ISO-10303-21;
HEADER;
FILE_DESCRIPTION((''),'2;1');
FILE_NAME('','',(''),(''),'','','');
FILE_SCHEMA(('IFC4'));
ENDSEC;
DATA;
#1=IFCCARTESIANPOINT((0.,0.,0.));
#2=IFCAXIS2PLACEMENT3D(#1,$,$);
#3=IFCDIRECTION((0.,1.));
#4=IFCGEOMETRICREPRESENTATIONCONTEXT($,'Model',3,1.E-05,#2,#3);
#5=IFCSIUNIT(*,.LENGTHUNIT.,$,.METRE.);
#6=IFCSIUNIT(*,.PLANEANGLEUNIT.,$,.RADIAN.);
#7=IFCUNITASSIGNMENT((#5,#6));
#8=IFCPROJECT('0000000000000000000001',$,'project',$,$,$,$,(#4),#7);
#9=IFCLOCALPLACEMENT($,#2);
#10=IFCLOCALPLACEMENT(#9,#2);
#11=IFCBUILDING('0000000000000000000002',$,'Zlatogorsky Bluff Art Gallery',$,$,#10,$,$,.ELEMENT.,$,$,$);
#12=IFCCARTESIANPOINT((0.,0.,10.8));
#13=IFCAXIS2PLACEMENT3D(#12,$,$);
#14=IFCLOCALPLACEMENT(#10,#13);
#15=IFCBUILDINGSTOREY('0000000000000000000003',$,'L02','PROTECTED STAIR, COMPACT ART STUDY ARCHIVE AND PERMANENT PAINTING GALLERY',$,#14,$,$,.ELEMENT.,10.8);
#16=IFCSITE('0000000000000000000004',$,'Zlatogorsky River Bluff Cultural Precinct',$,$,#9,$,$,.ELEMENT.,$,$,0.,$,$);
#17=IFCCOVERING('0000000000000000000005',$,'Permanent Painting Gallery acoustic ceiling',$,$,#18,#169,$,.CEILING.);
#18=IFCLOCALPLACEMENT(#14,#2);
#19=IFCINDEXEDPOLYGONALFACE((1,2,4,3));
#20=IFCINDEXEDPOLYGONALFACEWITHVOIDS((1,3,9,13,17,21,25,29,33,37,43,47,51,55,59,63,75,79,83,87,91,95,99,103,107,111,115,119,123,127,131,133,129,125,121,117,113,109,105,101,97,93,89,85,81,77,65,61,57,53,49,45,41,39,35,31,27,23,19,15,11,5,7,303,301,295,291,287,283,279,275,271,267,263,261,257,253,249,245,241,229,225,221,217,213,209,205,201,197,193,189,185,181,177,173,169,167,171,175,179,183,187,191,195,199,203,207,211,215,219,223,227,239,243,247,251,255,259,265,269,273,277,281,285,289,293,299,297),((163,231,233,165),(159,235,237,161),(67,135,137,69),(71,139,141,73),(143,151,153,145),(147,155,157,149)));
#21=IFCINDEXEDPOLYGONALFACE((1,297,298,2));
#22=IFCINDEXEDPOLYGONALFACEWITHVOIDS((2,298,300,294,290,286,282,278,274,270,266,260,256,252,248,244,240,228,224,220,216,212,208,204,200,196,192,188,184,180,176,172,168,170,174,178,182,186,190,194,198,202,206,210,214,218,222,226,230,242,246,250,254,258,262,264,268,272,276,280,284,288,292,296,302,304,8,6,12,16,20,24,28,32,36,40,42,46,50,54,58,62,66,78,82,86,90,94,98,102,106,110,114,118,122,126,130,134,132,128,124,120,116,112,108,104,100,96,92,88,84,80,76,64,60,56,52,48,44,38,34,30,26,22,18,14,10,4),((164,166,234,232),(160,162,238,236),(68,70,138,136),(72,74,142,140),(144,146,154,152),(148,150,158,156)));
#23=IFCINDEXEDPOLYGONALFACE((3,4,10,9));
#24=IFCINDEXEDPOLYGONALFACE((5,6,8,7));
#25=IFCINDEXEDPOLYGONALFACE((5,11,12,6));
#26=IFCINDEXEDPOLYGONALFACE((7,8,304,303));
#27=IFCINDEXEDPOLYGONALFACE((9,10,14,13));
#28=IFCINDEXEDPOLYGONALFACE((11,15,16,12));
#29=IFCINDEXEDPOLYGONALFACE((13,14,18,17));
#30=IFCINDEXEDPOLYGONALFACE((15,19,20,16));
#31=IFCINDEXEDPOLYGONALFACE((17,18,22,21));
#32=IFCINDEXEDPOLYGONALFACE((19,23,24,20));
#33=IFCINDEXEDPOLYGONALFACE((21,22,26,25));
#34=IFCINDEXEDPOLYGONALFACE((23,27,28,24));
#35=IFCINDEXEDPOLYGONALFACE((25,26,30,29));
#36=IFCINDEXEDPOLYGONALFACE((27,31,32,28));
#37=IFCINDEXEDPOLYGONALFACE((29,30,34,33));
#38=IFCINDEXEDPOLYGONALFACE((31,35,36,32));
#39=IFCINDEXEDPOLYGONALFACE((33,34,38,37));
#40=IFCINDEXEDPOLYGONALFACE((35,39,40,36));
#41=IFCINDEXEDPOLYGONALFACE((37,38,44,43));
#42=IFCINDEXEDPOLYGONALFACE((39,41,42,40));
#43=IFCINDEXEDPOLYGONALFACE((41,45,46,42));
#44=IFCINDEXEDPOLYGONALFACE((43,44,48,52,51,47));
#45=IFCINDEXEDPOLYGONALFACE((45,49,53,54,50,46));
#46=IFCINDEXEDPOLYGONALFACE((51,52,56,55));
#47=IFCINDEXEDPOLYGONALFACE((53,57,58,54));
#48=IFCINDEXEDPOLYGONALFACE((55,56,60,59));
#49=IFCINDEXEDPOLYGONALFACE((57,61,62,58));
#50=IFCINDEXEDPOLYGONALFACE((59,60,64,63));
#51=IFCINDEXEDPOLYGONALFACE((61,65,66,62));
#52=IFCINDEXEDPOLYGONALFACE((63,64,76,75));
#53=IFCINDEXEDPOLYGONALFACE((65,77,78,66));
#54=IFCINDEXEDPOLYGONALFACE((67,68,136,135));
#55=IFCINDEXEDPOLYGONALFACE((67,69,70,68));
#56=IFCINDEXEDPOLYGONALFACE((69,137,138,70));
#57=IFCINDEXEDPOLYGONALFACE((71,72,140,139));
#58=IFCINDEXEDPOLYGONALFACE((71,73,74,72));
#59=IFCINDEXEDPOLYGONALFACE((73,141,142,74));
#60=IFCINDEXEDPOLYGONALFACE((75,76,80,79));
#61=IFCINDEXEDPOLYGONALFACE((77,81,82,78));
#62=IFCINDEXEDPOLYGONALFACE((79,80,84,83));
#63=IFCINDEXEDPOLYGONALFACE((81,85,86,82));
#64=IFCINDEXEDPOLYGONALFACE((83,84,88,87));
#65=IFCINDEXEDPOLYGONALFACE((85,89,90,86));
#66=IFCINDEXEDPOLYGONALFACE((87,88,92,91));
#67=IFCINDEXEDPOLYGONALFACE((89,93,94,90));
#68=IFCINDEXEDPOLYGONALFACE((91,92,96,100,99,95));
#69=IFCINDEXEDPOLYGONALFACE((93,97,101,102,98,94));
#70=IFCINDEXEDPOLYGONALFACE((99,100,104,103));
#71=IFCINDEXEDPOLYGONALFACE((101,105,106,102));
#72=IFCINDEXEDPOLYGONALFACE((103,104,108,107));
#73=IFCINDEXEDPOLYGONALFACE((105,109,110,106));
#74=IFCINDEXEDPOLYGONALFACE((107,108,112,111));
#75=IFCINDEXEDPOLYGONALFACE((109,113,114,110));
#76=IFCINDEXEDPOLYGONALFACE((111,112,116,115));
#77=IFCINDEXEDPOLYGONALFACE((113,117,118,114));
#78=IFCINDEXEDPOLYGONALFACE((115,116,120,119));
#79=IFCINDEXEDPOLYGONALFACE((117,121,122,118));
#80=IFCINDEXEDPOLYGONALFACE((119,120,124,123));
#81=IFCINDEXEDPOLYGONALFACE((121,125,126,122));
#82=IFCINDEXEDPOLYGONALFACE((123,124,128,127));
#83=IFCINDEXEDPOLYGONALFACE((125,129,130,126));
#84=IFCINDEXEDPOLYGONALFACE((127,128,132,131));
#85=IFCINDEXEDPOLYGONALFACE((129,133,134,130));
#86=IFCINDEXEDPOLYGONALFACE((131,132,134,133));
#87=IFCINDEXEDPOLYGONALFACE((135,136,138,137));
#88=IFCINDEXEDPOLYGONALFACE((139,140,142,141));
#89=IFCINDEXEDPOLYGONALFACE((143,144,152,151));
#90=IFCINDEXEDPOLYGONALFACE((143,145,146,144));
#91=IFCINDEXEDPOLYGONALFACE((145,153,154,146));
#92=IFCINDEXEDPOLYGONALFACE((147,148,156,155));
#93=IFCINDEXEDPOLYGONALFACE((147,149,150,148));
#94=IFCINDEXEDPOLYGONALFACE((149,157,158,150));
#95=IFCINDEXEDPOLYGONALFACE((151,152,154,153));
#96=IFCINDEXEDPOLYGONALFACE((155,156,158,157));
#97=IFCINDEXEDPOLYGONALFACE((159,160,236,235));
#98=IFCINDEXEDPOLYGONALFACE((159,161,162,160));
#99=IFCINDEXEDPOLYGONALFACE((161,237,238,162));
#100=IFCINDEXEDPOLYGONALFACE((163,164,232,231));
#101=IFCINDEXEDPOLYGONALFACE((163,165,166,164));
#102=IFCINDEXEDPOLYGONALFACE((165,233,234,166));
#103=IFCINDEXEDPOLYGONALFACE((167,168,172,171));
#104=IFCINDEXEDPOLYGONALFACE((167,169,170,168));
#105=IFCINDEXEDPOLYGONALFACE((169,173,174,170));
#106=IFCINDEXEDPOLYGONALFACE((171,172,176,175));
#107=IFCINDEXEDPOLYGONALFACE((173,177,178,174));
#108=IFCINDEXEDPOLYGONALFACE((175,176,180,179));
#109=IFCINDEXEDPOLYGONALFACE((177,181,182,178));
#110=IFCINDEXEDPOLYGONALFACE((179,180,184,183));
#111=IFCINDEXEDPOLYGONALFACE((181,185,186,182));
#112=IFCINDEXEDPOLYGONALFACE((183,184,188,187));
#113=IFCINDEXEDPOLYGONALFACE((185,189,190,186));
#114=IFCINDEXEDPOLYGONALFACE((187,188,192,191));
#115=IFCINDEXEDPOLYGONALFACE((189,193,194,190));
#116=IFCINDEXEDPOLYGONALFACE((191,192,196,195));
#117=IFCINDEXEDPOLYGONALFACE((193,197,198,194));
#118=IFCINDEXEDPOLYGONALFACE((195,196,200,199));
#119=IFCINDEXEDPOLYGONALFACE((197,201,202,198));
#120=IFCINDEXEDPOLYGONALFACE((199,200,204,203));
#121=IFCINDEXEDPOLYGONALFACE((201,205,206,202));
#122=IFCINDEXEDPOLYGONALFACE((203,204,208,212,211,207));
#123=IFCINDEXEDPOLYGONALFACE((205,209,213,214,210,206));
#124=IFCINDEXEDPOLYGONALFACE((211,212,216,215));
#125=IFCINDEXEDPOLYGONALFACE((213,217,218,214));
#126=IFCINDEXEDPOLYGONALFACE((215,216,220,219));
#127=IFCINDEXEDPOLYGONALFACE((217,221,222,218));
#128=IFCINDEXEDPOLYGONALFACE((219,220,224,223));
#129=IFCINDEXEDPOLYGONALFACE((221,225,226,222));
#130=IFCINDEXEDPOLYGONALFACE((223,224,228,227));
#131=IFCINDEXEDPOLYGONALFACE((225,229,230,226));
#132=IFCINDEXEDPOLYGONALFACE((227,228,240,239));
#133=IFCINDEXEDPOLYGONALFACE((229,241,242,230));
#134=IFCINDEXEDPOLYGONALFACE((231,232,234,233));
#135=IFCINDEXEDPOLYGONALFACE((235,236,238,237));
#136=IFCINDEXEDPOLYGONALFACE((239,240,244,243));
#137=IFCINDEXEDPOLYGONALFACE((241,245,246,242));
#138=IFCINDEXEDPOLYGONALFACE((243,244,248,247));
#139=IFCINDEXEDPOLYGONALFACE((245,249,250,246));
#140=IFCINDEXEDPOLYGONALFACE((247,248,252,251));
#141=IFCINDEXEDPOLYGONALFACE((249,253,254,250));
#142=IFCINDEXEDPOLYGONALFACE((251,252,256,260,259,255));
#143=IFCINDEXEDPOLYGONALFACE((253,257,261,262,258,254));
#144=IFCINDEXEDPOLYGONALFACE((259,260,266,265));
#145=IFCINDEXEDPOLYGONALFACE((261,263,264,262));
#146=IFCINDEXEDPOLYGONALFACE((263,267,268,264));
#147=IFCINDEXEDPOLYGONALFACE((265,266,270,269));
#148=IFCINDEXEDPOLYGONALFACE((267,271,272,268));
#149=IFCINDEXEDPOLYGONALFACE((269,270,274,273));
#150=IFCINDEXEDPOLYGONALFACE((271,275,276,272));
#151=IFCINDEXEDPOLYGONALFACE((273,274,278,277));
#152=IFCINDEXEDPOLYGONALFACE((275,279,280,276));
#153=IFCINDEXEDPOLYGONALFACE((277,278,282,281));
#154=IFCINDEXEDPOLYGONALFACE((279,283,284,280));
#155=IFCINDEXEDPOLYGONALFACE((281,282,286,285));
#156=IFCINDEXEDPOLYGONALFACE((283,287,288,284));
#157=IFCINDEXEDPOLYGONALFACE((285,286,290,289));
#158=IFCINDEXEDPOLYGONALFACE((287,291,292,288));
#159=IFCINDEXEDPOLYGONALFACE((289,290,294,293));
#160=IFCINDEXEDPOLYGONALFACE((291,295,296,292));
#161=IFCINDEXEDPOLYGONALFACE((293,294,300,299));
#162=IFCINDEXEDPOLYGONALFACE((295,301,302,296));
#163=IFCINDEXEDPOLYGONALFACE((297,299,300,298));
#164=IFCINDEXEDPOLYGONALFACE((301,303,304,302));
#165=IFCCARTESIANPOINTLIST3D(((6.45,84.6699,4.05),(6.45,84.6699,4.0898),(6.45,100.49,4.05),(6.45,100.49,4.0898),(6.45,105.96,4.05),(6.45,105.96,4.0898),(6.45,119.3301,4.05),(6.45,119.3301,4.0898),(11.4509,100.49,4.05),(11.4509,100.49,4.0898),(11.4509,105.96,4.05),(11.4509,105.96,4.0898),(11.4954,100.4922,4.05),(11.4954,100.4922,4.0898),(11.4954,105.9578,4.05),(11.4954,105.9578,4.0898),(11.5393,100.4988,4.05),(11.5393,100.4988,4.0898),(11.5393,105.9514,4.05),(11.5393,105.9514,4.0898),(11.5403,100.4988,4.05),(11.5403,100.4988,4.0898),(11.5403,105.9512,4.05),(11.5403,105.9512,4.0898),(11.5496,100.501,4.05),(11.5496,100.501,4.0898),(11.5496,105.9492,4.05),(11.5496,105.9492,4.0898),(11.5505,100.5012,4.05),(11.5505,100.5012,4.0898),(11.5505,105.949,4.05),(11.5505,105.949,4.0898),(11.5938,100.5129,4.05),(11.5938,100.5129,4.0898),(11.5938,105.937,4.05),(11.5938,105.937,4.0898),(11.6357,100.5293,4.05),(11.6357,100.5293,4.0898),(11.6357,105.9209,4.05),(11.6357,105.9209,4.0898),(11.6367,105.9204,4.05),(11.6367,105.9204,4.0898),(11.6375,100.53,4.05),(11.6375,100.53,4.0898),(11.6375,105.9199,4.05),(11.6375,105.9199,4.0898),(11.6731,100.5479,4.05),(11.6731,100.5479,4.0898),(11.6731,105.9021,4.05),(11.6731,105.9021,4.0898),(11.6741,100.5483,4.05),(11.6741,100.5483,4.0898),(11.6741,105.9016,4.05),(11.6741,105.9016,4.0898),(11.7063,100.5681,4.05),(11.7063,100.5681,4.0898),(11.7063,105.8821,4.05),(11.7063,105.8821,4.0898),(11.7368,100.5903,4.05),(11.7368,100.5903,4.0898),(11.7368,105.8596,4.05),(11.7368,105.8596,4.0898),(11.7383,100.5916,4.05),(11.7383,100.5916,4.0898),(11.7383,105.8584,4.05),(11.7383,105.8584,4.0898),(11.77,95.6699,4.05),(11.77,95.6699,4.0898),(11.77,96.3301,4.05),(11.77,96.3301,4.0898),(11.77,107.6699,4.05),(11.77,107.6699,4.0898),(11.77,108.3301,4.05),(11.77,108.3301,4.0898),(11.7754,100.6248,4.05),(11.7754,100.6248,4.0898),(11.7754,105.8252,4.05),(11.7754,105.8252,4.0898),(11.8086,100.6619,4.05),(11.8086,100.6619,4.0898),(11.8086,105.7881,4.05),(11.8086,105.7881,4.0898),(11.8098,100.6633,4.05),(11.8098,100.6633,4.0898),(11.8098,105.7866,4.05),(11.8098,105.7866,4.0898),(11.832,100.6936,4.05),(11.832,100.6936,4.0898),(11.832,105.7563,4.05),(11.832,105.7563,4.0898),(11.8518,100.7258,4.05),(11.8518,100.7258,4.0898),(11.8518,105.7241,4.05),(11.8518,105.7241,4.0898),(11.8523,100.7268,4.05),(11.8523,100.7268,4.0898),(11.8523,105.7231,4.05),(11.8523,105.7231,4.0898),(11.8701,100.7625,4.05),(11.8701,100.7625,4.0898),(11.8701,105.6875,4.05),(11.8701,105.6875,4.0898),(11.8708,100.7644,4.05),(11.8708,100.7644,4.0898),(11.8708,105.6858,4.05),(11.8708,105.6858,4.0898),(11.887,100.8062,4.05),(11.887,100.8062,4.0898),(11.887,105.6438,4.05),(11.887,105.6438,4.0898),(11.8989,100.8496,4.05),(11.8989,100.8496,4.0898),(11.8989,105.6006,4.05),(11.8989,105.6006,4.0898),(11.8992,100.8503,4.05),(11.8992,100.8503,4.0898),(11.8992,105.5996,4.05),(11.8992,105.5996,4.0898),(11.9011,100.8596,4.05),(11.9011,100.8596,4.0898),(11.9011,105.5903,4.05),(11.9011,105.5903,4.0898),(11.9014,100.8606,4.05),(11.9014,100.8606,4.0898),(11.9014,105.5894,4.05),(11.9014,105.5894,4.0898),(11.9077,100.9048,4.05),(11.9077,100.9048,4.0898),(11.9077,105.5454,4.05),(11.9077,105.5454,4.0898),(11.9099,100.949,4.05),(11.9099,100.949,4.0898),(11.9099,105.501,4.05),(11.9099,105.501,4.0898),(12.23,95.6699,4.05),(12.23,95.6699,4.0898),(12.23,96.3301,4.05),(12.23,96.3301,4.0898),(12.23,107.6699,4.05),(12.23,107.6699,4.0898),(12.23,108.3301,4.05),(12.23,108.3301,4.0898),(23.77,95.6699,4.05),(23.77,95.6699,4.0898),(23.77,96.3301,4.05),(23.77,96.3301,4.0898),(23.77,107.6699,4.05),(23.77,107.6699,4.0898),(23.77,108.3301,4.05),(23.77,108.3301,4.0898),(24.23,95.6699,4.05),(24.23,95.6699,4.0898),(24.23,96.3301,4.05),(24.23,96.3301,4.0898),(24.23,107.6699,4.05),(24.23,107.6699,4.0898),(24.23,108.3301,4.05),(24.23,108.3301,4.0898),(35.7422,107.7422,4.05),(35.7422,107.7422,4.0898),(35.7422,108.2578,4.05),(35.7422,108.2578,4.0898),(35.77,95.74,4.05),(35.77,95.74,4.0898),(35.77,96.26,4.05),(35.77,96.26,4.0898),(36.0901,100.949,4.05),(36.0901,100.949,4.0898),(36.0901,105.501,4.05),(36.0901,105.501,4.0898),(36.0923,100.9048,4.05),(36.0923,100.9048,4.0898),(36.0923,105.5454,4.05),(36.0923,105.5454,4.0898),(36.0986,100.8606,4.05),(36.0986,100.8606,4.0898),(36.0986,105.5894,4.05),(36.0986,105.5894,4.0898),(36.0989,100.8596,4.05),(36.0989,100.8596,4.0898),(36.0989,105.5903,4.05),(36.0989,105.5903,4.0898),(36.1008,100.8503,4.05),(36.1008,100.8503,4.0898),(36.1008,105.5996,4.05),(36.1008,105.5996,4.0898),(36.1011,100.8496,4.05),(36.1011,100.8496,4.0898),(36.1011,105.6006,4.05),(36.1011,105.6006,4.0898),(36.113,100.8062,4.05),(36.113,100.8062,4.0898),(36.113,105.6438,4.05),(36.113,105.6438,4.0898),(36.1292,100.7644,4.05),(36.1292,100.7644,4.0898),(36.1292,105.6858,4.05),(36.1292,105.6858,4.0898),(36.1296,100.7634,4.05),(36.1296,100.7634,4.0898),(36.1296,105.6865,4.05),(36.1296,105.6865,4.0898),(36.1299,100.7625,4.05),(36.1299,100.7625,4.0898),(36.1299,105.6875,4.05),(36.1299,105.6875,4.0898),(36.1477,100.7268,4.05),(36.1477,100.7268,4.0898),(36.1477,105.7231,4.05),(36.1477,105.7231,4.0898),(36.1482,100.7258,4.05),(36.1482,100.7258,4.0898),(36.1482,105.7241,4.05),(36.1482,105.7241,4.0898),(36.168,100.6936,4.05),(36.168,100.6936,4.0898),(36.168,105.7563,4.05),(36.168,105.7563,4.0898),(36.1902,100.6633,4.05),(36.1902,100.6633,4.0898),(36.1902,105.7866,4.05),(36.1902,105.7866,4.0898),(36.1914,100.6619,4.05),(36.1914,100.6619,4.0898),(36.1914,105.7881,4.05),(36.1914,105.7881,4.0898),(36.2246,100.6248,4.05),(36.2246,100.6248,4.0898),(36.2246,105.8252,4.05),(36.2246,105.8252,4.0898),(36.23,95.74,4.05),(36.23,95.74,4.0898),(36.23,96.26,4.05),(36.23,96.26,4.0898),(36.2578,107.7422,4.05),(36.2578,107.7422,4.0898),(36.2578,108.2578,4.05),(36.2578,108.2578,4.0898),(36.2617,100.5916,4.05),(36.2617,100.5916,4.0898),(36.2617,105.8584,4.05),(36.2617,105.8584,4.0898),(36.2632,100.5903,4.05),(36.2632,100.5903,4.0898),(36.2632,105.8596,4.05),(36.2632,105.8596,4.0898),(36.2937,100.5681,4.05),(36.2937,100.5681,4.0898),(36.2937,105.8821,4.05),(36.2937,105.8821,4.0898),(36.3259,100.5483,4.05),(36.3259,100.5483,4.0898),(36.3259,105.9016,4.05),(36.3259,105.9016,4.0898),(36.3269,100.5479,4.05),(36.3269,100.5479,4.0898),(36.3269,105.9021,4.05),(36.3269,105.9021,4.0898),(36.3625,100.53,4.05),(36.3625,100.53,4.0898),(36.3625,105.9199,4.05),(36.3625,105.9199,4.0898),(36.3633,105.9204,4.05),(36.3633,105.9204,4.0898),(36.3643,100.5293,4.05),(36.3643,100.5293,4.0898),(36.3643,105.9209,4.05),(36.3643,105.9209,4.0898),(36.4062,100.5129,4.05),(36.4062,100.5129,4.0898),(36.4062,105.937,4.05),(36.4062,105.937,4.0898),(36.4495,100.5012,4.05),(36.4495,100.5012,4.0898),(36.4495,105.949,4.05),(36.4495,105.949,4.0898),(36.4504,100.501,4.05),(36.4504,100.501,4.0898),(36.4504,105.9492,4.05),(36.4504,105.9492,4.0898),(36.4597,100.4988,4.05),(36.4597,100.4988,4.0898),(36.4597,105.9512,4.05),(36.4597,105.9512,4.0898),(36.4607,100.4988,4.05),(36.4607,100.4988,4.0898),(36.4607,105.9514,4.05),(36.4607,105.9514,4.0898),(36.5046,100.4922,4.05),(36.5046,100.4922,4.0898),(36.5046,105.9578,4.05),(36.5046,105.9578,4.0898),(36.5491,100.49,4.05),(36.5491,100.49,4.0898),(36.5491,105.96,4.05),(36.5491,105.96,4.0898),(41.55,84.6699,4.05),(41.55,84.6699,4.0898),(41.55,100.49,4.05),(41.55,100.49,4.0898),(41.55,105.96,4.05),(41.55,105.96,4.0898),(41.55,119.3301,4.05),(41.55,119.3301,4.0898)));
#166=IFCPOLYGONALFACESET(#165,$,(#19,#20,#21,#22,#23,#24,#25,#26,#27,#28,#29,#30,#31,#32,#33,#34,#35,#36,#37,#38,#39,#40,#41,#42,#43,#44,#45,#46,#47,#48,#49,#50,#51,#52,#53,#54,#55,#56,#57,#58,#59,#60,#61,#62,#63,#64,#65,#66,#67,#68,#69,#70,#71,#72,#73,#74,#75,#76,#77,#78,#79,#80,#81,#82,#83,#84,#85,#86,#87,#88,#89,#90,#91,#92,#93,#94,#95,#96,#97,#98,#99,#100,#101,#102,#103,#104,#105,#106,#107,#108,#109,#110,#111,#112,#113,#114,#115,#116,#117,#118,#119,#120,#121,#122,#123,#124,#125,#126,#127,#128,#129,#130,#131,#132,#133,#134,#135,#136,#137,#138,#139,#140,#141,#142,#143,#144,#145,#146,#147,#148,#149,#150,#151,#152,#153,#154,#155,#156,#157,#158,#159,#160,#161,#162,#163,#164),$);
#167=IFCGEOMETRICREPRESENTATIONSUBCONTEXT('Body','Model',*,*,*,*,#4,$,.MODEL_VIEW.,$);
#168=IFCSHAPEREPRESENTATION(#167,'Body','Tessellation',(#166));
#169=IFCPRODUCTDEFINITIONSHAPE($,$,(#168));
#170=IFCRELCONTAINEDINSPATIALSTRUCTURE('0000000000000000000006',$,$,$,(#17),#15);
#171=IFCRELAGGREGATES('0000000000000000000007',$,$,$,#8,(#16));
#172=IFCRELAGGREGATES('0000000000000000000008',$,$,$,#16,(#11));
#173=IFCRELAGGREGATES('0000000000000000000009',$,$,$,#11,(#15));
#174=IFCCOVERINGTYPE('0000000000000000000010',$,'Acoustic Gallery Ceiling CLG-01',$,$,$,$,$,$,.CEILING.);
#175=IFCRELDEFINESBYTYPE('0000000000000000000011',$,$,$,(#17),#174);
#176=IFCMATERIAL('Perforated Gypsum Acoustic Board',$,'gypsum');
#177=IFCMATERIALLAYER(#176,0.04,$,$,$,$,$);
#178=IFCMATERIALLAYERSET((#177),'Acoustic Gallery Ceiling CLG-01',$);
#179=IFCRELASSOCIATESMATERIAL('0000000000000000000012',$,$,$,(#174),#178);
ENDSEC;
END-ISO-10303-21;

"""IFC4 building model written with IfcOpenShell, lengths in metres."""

from ifc_helpers import new_model, si_unit, direction, frame, origin, place, context, subcontext, project, spatial, polyline, outline, extrude, material, layer, layer_set, type_object, element, save


model = new_model("IFC4")

# Units and contexts
model_context = context("Model", 3, precision=1e-05, world=origin(), true_north=direction((0.0, 1.0)))
body_context = subcontext(model_context, "Body", "Model", "MODEL_VIEW")
ifc_project = project(units=[si_unit("LENGTHUNIT", "METRE"), si_unit("PLANEANGLEUNIT", "RADIAN")], contexts=[model_context])

# Site, building, storey
site_placement = place(None, origin())
site = spatial("IfcSite", under=ifc_project, at=site_placement, Name="Zlatogorsky River Bluff Cultural Precinct", CompositionType="ELEMENT", RefElevation=0.0)
building_placement = place(site_placement, origin())
building = spatial("IfcBuilding", under=site, at=building_placement, Name="Zlatogorsky Bluff Art Gallery", CompositionType="ELEMENT")
storey_placement = place(building_placement, frame((0.0, 0.0, 10.8)))
storey = spatial("IfcBuildingStorey", under=building, at=storey_placement, Name="L02", Description="PROTECTED STAIR, COMPACT ART STUDY ARCHIVE AND PERMANENT PAINTING GALLERY", CompositionType="ELEMENT", Elevation=10.8)

# Covering
ifc_material_1 = material(Name="Perforated Gypsum Acoustic Board", Category="gypsum")
ifc_layer_1 = layer(ifc_material_1, 0.04)
ifc_layer_set_1 = layer_set([ifc_layer_1], Name="Acoustic Gallery Ceiling CLG-01")
covering_type_1 = type_object("IfcCoveringType", Name="Acoustic Gallery Ceiling CLG-01", PredefinedType="CEILING", material=ifc_layer_set_1)
covering_1_placement = place(storey_placement, frame((0.0, 0.0, 4.05)))
element("IfcCovering", 1, at=covering_1_placement, inside=storey, type_object=covering_type_1, Name="Permanent Painting Gallery acoustic ceiling", PredefinedType="CEILING", context=body_context, shape_type="SweptSolid", body=[
    extrude(outline(polyline([(6.45, 100.49), (11.4509, 100.49), (11.4954, 100.4922), (11.5393, 100.4988), (11.5403, 100.4988), (11.5496, 100.501), (11.5505, 100.5012), (11.5938, 100.5129), (11.6357, 100.5293), (11.6375, 100.53), (11.6731, 100.5479), (11.6741, 100.5483), (11.7063, 100.5681), (11.7368, 100.5903), (11.7383, 100.5916), (11.7754, 100.6248), (11.8086, 100.6619), (11.8098, 100.6633), (11.832, 100.6936), (11.8518, 100.7258), (11.8523, 100.7268), (11.8701, 100.7625), (11.8708, 100.7644), (11.887, 100.8062), (11.8989, 100.8496), (11.8992, 100.8503), (11.9011, 100.8596), (11.9014, 100.8606), (11.9077, 100.9048), (11.9099, 100.949), (11.9099, 105.501), (11.9077, 105.5454), (11.9014, 105.5894), (11.9011, 105.5903), (11.8992, 105.5996), (11.8989, 105.6006), (11.887, 105.6438), (11.8708, 105.6858), (11.8701, 105.6875), (11.8523, 105.7231), (11.8518, 105.7241), (11.832, 105.7563), (11.8098, 105.7866), (11.8086, 105.7881), (11.7754, 105.8252), (11.7383, 105.8584), (11.7368, 105.8596), (11.7063, 105.8821), (11.6741, 105.9016), (11.6731, 105.9021), (11.6375, 105.9199), (11.6367, 105.9204), (11.6357, 105.9209), (11.5938, 105.937), (11.5505, 105.949), (11.5496, 105.9492), (11.5403, 105.9512), (11.5393, 105.9514), (11.4954, 105.9578), (11.4509, 105.96), (6.45, 105.96), (6.45, 119.3301), (41.55, 119.3301), (41.55, 105.96), (36.5491, 105.96), (36.5046, 105.9578), (36.4607, 105.9514), (36.4597, 105.9512), (36.4504, 105.9492), (36.4495, 105.949), (36.4062, 105.937), (36.3643, 105.9209), (36.3633, 105.9204), (36.3625, 105.9199), (36.3269, 105.9021), (36.3259, 105.9016), (36.2937, 105.8821), (36.2632, 105.8596), (36.2617, 105.8584), (36.2246, 105.8252), (36.1914, 105.7881), (36.1902, 105.7866), (36.168, 105.7563), (36.1482, 105.7241), (36.1477, 105.7231), (36.1299, 105.6875), (36.1296, 105.6865), (36.1292, 105.6858), (36.113, 105.6438), (36.1011, 105.6006), (36.1008, 105.5996), (36.0989, 105.5903), (36.0986, 105.5894), (36.0923, 105.5454), (36.0901, 105.501), (36.0901, 100.949), (36.0923, 100.9048), (36.0986, 100.8606), (36.0989, 100.8596), (36.1008, 100.8503), (36.1011, 100.8496), (36.113, 100.8062), (36.1292, 100.7644), (36.1296, 100.7634), (36.1299, 100.7625), (36.1477, 100.7268), (36.1482, 100.7258), (36.168, 100.6936), (36.1902, 100.6633), (36.1914, 100.6619), (36.2246, 100.6248), (36.2617, 100.5916), (36.2632, 100.5903), (36.2937, 100.5681), (36.3259, 100.5483), (36.3269, 100.5479), (36.3625, 100.53), (36.3643, 100.5293), (36.4062, 100.5129), (36.4495, 100.5012), (36.4504, 100.501), (36.4597, 100.4988), (36.4607, 100.4988), (36.5046, 100.4922), (36.5491, 100.49), (41.55, 100.49), (41.55, 84.6699), (6.45, 84.6699), (6.45, 100.49)]), holes=[polyline([(36.23, 95.74), (36.23, 96.26), (35.77, 96.26), (35.77, 95.74), (36.23, 95.74)]), polyline([(23.77, 95.6699), (24.23, 95.6699), (24.23, 96.3301), (23.77, 96.3301), (23.77, 95.6699)]), polyline([(11.77, 95.6699), (12.23, 95.6699), (12.23, 96.3301), (11.77, 96.3301), (11.77, 95.6699)]), polyline([(23.77, 107.6699), (24.23, 107.6699), (24.23, 108.3301), (23.77, 108.3301), (23.77, 107.6699)]), polyline([(11.77, 107.6699), (12.23, 107.6699), (12.23, 108.3301), (11.77, 108.3301), (11.77, 107.6699)]), polyline([(35.7422, 107.7422), (36.2578, 107.7422), (36.2578, 108.2578), (35.7422, 108.2578), (35.7422, 107.7422)])]), origin(), (0.0, 0.0, 1.0), 0.0398),
])

save(model, "model.ifc")
